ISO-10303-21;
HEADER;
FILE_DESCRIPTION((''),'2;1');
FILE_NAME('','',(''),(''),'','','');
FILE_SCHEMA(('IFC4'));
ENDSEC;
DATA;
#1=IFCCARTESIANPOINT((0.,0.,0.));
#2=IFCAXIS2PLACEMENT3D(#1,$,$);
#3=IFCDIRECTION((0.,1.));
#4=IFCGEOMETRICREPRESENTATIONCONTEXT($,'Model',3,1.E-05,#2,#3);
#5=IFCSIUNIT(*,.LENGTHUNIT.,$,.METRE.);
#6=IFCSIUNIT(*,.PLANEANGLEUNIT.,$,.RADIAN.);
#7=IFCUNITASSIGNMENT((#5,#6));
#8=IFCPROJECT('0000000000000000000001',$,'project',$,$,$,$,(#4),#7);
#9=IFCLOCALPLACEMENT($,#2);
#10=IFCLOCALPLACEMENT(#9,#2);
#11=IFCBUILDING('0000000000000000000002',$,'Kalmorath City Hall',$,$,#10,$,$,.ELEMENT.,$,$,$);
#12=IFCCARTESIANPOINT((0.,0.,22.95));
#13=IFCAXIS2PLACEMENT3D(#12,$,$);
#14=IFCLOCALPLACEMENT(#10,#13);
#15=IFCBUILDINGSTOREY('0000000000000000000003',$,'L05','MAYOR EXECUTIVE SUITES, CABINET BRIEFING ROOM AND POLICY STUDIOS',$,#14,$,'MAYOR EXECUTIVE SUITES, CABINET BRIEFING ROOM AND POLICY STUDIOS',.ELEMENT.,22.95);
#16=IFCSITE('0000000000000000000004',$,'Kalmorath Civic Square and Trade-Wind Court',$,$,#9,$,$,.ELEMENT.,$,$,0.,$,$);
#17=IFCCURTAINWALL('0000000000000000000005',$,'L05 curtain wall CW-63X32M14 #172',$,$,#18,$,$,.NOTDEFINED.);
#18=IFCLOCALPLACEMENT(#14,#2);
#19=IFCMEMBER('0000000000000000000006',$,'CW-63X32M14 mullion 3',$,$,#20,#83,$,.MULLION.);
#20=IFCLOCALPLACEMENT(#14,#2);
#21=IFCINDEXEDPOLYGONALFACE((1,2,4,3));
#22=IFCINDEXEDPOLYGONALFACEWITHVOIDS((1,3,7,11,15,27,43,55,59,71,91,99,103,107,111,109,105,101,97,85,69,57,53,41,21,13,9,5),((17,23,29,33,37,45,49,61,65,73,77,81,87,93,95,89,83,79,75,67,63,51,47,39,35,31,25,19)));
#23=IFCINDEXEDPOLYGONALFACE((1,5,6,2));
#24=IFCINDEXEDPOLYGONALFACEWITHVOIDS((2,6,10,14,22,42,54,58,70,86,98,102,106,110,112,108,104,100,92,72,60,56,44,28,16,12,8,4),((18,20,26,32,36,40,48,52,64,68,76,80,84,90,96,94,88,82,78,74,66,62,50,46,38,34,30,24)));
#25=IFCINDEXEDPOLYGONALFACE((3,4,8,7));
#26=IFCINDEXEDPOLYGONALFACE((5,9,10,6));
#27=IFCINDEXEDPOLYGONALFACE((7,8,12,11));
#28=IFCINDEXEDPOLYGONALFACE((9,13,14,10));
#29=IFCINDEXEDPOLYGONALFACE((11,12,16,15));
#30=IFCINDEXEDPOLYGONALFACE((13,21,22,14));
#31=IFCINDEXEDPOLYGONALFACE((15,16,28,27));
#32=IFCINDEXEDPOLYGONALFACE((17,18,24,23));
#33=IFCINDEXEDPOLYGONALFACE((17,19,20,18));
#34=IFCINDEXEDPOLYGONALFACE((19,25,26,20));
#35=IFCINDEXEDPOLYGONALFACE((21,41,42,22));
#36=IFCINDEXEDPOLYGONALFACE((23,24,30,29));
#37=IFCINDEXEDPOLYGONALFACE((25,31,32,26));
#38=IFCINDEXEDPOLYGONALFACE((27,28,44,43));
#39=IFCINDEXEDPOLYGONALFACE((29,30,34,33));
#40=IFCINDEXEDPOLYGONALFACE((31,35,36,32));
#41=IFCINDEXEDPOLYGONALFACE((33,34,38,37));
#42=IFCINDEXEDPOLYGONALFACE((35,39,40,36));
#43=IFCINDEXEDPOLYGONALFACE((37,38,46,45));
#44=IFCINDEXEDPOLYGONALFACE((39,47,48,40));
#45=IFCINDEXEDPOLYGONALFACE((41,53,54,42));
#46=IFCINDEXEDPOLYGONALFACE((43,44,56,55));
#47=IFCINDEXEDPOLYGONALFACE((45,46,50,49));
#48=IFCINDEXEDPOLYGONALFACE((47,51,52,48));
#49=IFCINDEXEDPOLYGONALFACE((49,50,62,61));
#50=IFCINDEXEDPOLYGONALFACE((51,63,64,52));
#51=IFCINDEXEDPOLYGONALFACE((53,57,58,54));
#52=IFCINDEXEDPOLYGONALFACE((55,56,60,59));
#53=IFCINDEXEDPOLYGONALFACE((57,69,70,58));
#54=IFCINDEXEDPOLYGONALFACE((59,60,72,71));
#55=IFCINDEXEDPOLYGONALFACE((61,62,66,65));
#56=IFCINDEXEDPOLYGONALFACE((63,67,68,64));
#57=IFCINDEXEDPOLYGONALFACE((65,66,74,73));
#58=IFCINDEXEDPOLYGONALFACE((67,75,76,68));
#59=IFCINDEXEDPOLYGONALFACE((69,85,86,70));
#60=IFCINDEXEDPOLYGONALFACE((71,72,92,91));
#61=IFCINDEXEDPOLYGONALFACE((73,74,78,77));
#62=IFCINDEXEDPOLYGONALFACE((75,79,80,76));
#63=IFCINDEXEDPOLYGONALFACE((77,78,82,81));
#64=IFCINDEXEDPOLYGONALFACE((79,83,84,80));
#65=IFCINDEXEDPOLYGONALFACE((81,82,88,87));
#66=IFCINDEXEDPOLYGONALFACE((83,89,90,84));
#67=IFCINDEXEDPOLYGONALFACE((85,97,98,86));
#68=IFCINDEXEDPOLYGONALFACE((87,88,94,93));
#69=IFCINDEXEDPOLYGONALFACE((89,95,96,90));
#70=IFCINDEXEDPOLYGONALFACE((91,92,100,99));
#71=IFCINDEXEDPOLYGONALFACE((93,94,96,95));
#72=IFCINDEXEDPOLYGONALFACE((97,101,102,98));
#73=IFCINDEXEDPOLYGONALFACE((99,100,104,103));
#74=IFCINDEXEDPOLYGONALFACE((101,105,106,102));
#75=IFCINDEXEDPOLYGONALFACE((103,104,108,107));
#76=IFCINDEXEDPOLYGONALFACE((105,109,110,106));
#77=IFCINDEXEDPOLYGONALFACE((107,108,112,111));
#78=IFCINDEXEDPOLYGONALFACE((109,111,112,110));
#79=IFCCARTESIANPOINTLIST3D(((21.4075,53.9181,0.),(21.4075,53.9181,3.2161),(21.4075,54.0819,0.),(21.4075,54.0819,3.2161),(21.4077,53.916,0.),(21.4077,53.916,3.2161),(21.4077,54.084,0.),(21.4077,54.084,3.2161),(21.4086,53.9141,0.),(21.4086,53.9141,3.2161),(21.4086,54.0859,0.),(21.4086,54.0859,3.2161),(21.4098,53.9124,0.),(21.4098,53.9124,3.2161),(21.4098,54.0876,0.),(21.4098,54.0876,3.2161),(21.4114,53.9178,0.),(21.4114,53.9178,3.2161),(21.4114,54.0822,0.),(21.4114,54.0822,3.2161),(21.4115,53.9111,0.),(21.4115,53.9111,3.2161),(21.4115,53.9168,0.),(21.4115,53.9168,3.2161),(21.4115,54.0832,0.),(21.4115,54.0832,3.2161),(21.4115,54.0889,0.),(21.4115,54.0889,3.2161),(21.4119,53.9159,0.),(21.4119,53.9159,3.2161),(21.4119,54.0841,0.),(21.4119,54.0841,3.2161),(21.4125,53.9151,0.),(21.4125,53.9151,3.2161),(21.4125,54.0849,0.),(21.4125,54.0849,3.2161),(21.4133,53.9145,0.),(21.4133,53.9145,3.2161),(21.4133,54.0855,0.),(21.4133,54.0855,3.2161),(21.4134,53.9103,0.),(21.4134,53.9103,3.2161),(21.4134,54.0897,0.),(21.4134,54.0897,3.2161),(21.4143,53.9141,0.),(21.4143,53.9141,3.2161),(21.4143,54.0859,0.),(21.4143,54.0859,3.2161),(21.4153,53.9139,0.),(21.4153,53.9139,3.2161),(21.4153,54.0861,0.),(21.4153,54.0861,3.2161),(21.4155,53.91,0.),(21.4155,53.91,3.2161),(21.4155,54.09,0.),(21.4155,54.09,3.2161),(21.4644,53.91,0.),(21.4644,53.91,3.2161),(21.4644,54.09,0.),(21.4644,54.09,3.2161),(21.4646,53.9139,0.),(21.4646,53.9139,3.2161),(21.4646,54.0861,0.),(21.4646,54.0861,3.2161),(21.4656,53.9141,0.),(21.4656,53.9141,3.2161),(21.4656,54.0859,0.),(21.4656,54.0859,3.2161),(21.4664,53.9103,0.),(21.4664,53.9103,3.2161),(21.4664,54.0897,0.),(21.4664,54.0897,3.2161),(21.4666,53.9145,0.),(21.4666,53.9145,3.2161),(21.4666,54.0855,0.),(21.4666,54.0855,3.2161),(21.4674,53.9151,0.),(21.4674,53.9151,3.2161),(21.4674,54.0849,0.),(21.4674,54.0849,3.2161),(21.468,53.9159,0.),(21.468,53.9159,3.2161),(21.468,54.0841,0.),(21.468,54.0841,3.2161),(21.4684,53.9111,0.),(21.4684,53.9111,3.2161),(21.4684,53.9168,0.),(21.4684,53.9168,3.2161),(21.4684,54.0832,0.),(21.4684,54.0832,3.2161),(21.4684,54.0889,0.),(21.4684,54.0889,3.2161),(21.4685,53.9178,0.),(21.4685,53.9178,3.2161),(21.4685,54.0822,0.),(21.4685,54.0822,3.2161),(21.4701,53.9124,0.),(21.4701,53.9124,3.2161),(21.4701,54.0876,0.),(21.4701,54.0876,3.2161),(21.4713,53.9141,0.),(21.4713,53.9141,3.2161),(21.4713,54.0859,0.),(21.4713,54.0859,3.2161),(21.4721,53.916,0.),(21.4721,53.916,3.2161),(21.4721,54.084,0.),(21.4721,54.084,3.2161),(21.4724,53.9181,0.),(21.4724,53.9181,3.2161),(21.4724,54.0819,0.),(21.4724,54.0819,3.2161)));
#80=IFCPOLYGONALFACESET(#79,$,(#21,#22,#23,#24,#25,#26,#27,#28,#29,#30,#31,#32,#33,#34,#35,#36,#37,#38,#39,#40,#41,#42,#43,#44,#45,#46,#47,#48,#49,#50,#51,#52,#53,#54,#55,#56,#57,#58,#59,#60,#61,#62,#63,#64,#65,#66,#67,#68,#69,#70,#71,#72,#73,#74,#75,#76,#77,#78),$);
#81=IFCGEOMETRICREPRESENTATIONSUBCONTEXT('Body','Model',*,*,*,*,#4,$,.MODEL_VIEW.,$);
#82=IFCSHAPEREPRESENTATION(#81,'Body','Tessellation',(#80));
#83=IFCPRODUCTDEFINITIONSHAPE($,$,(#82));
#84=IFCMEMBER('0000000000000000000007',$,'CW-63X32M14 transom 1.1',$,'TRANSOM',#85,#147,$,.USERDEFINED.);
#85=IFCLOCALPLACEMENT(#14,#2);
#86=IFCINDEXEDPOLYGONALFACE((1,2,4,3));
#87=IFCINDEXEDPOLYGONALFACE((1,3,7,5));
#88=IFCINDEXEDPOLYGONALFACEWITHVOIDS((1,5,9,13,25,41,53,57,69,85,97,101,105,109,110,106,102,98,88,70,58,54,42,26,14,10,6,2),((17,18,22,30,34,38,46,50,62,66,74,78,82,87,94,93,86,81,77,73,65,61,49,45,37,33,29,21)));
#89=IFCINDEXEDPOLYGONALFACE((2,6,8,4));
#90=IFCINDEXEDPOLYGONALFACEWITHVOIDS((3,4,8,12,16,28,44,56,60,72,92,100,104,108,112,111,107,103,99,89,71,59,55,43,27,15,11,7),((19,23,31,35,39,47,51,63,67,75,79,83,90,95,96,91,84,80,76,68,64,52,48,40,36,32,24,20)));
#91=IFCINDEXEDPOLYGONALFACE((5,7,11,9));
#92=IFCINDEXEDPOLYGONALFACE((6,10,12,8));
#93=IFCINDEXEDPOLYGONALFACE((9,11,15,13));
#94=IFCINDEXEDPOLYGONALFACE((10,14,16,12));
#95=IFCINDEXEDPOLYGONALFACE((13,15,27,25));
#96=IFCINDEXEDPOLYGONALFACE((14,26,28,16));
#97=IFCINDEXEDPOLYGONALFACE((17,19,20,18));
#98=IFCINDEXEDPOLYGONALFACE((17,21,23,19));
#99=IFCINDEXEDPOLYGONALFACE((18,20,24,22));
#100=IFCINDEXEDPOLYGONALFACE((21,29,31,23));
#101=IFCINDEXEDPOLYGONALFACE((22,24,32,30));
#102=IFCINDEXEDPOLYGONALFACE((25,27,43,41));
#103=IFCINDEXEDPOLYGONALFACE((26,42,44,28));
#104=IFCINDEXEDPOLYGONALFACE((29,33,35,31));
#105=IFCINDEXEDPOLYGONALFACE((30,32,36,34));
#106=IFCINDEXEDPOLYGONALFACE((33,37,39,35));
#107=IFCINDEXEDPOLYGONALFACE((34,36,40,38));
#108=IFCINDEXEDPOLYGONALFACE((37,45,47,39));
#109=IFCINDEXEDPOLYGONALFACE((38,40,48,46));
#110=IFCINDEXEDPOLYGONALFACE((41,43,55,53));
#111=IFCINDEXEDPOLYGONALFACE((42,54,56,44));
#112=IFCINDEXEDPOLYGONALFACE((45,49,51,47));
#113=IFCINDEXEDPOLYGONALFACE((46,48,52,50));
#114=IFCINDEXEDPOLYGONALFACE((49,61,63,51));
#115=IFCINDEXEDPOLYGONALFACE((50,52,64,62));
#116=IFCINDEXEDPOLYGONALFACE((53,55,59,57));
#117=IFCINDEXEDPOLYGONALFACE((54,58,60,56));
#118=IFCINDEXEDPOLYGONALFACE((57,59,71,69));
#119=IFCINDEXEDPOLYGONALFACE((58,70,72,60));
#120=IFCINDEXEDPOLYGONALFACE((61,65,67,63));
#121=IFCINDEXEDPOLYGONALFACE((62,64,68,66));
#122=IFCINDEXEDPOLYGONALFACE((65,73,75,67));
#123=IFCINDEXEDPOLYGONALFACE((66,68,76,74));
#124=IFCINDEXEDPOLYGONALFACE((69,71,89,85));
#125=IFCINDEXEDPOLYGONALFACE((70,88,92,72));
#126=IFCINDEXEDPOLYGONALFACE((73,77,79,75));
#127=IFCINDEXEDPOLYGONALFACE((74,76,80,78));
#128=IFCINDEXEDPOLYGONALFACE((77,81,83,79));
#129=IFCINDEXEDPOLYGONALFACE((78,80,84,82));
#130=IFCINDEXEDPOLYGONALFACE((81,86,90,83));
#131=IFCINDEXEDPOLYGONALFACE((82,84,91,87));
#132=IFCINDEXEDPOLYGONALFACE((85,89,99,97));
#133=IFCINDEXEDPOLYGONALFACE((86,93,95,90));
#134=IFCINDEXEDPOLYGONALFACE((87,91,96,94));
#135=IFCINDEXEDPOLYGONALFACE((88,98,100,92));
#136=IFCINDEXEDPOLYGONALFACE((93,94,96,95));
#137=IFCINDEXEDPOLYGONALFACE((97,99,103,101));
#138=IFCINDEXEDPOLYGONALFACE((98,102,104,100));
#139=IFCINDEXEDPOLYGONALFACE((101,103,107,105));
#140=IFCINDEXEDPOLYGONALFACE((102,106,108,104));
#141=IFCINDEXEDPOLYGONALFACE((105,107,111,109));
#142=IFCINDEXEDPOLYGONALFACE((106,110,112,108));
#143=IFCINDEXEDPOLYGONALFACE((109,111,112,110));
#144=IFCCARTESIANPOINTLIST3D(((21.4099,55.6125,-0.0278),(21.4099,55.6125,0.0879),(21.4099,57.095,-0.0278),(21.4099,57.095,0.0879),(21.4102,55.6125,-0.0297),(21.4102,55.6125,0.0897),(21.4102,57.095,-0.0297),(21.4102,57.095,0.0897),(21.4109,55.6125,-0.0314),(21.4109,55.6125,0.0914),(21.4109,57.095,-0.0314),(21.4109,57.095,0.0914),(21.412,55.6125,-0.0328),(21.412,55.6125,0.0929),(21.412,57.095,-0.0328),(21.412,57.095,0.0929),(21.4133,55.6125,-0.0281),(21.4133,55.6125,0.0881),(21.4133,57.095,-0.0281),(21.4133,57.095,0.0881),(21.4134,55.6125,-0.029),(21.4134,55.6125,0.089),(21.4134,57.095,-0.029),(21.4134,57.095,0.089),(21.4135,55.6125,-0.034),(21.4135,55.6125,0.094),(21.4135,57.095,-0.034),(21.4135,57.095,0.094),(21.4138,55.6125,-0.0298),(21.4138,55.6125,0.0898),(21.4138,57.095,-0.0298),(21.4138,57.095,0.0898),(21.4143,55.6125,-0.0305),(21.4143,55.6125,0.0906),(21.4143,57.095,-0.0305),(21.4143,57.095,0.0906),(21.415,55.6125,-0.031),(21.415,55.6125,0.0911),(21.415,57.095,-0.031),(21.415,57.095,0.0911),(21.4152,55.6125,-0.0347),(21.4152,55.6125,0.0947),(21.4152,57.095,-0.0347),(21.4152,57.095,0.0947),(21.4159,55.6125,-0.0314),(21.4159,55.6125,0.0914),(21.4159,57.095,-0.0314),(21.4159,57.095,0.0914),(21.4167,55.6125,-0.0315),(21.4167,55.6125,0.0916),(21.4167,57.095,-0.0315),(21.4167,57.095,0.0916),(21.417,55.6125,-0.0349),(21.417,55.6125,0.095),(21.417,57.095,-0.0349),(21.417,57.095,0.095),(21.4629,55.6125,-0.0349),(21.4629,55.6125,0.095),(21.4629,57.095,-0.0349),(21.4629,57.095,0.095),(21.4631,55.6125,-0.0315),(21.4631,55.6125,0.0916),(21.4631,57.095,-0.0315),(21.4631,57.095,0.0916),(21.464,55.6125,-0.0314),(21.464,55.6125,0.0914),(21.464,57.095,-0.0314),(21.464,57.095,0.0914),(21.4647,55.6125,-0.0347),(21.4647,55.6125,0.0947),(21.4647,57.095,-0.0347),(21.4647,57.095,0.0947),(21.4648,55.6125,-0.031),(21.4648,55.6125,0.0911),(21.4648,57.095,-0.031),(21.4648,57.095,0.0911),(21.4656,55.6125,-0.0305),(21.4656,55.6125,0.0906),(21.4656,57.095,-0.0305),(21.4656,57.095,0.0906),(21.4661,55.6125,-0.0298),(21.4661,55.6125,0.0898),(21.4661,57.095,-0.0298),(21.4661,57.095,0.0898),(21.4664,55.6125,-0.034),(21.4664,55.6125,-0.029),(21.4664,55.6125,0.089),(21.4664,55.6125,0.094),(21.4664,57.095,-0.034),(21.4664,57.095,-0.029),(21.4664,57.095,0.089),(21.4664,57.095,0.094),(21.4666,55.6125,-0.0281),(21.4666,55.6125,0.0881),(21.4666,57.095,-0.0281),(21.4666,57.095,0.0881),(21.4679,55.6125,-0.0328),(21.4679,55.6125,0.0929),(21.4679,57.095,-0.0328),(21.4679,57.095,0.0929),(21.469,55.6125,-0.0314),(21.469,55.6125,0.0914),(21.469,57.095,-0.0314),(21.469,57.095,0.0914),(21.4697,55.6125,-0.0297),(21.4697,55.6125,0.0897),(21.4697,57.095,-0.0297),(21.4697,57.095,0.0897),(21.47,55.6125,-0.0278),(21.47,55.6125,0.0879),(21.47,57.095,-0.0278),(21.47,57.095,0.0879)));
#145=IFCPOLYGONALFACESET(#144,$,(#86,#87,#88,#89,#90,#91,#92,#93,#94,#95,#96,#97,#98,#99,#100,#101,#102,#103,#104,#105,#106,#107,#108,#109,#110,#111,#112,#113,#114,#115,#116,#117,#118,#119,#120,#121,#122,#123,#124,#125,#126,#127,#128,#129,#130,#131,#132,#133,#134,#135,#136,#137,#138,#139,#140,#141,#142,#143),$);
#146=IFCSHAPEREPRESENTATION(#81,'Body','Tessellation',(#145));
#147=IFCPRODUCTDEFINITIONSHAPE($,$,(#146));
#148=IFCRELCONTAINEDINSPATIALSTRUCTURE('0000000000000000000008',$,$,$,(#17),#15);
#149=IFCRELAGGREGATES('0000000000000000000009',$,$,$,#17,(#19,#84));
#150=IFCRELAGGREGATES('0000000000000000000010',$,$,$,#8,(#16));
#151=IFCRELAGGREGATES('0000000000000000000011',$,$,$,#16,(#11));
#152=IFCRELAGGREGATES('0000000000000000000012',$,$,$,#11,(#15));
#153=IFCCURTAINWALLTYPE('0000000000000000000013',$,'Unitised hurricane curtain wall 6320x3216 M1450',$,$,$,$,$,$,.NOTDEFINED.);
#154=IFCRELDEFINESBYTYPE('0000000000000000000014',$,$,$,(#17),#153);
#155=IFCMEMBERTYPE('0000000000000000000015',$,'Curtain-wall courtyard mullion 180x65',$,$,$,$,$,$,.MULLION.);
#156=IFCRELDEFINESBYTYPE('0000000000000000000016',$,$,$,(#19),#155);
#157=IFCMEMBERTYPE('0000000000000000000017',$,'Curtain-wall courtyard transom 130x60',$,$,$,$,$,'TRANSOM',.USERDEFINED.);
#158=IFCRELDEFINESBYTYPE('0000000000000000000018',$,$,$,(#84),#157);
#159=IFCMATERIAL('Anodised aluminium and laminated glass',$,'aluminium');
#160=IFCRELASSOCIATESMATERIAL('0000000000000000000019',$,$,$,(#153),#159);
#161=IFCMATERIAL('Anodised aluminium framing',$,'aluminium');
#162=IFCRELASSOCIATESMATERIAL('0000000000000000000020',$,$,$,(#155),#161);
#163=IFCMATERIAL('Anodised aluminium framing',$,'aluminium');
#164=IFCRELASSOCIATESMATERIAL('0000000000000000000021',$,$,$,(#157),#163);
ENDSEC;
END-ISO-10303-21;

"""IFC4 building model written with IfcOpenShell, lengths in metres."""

from ifc_helpers import new_model, si_unit, direction, frame, origin, origin_2d, place, context, subcontext, project, spatial, hollow_rectangle, extrude, material, material_profile, profile_set, type_object, element, aggregate, save


model = new_model("IFC4")

# Units and contexts
model_context = context("Model", 3, precision=1e-05, world=origin(), true_north=direction((0.0, 1.0)))
body_context = subcontext(model_context, "Body", "Model", "MODEL_VIEW")
ifc_project = project(units=[si_unit("LENGTHUNIT", "METRE"), si_unit("PLANEANGLEUNIT", "RADIAN")], contexts=[model_context])

# Site, building, storey
site_placement = place(None, origin())
site = spatial("IfcSite", under=ifc_project, at=site_placement, Name="Kalmorath Civic Square and Trade-Wind Court", CompositionType="ELEMENT", RefElevation=0.0)
building_placement = place(site_placement, origin())
building = spatial("IfcBuilding", under=site, at=building_placement, Name="Kalmorath City Hall", CompositionType="ELEMENT")
storey_placement = place(building_placement, frame((0.0, 0.0, 22.95)))
storey = spatial("IfcBuildingStorey", under=building, at=storey_placement, Name="L05", Description="MAYOR EXECUTIVE SUITES, CABINET BRIEFING ROOM AND POLICY STUDIOS", LongName="MAYOR EXECUTIVE SUITES, CABINET BRIEFING ROOM AND POLICY STUDIOS", CompositionType="ELEMENT", Elevation=22.95)

# Curtain wall, members
ifc_material_1 = material(Name="Anodised aluminium and laminated glass", Category="aluminium")
curtain_wall_type = type_object("IfcCurtainWallType", Name="Unitised hurricane curtain wall 6320x3216 M1450", PredefinedType="NOTDEFINED", material=ifc_material_1)
curtain_wall_placement = place(storey_placement, origin())
curtain_wall = element("IfcCurtainWall", 1, at=curtain_wall_placement, inside=storey, type_object=curtain_wall_type, Name="L05 curtain wall CW-63X32M14 #172", PredefinedType="NOTDEFINED")
ifc_material_2 = material(Name="Anodised aluminium framing", Category="aluminium")
ifc_material_profile_1 = material_profile(ifc_material_2, hollow_rectangle(XDim=0.0649, YDim=0.1799, WallThickness=0.0039, InnerFilletRadius=0.0039, OuterFilletRadius=0.0081, at=origin_2d()), Name="ALU-MUL-180X65X4")
ifc_profile_set_1 = profile_set([ifc_material_profile_1], Name="Anodised aluminium framing")
member_type_1 = type_object("IfcMemberType", Name="Curtain-wall courtyard mullion 180x65", PredefinedType="MULLION", material=ifc_profile_set_1)
member_1_placement = place(storey_placement, frame((21.4399, 54.0, 0.0), z_axis=(0.0, 0.0, 1.0), x_axis=(1.0, 0.0, 0.0)))
member_1 = element("IfcMember", 2, at=member_1_placement, type_object=member_type_1, Name="CW-63X32M14 mullion 3", PredefinedType="MULLION", context=body_context, shape_type="SweptSolid", body=[
    extrude(hollow_rectangle(XDim=0.0649, YDim=0.1799, WallThickness=0.0039, InnerFilletRadius=0.0039, OuterFilletRadius=0.0081, at=origin_2d()), origin(), (0.0, 0.0, 1.0), 3.2161),
])
ifc_material_3 = material(Name="Anodised aluminium framing", Category="aluminium")
ifc_material_profile_2 = material_profile(ifc_material_3, hollow_rectangle(XDim=0.0601, YDim=0.1299, WallThickness=0.0034, InnerFilletRadius=0.0034, OuterFilletRadius=0.0071, at=origin_2d()), Name="ALU-TRN-130X60X3.5")
ifc_profile_set_2 = profile_set([ifc_material_profile_2], Name="Anodised aluminium framing")
member_type_2 = type_object("IfcMemberType", Name="Curtain-wall courtyard transom 130x60", ElementType="TRANSOM", PredefinedType="USERDEFINED", material=ifc_profile_set_2)
member_2_placement = place(storey_placement, frame((21.4399, 57.095, 0.03), z_axis=(0.0, -1.0, 0.0), x_axis=(1.0, 0.0, 0.0)))
member_2 = element("IfcMember", 3, at=member_2_placement, type_object=member_type_2, Name="CW-63X32M14 transom 1.1", ObjectType="TRANSOM", PredefinedType="USERDEFINED", context=body_context, shape_type="SweptSolid", body=[
    extrude(hollow_rectangle(XDim=0.0601, YDim=0.1299, WallThickness=0.0034, InnerFilletRadius=0.0034, OuterFilletRadius=0.0071, at=origin_2d()), origin(), (0.0, 0.0, 1.0), 1.4824),
])

aggregate(curtain_wall, [member_1, member_2])

save(model, "model.ifc")
